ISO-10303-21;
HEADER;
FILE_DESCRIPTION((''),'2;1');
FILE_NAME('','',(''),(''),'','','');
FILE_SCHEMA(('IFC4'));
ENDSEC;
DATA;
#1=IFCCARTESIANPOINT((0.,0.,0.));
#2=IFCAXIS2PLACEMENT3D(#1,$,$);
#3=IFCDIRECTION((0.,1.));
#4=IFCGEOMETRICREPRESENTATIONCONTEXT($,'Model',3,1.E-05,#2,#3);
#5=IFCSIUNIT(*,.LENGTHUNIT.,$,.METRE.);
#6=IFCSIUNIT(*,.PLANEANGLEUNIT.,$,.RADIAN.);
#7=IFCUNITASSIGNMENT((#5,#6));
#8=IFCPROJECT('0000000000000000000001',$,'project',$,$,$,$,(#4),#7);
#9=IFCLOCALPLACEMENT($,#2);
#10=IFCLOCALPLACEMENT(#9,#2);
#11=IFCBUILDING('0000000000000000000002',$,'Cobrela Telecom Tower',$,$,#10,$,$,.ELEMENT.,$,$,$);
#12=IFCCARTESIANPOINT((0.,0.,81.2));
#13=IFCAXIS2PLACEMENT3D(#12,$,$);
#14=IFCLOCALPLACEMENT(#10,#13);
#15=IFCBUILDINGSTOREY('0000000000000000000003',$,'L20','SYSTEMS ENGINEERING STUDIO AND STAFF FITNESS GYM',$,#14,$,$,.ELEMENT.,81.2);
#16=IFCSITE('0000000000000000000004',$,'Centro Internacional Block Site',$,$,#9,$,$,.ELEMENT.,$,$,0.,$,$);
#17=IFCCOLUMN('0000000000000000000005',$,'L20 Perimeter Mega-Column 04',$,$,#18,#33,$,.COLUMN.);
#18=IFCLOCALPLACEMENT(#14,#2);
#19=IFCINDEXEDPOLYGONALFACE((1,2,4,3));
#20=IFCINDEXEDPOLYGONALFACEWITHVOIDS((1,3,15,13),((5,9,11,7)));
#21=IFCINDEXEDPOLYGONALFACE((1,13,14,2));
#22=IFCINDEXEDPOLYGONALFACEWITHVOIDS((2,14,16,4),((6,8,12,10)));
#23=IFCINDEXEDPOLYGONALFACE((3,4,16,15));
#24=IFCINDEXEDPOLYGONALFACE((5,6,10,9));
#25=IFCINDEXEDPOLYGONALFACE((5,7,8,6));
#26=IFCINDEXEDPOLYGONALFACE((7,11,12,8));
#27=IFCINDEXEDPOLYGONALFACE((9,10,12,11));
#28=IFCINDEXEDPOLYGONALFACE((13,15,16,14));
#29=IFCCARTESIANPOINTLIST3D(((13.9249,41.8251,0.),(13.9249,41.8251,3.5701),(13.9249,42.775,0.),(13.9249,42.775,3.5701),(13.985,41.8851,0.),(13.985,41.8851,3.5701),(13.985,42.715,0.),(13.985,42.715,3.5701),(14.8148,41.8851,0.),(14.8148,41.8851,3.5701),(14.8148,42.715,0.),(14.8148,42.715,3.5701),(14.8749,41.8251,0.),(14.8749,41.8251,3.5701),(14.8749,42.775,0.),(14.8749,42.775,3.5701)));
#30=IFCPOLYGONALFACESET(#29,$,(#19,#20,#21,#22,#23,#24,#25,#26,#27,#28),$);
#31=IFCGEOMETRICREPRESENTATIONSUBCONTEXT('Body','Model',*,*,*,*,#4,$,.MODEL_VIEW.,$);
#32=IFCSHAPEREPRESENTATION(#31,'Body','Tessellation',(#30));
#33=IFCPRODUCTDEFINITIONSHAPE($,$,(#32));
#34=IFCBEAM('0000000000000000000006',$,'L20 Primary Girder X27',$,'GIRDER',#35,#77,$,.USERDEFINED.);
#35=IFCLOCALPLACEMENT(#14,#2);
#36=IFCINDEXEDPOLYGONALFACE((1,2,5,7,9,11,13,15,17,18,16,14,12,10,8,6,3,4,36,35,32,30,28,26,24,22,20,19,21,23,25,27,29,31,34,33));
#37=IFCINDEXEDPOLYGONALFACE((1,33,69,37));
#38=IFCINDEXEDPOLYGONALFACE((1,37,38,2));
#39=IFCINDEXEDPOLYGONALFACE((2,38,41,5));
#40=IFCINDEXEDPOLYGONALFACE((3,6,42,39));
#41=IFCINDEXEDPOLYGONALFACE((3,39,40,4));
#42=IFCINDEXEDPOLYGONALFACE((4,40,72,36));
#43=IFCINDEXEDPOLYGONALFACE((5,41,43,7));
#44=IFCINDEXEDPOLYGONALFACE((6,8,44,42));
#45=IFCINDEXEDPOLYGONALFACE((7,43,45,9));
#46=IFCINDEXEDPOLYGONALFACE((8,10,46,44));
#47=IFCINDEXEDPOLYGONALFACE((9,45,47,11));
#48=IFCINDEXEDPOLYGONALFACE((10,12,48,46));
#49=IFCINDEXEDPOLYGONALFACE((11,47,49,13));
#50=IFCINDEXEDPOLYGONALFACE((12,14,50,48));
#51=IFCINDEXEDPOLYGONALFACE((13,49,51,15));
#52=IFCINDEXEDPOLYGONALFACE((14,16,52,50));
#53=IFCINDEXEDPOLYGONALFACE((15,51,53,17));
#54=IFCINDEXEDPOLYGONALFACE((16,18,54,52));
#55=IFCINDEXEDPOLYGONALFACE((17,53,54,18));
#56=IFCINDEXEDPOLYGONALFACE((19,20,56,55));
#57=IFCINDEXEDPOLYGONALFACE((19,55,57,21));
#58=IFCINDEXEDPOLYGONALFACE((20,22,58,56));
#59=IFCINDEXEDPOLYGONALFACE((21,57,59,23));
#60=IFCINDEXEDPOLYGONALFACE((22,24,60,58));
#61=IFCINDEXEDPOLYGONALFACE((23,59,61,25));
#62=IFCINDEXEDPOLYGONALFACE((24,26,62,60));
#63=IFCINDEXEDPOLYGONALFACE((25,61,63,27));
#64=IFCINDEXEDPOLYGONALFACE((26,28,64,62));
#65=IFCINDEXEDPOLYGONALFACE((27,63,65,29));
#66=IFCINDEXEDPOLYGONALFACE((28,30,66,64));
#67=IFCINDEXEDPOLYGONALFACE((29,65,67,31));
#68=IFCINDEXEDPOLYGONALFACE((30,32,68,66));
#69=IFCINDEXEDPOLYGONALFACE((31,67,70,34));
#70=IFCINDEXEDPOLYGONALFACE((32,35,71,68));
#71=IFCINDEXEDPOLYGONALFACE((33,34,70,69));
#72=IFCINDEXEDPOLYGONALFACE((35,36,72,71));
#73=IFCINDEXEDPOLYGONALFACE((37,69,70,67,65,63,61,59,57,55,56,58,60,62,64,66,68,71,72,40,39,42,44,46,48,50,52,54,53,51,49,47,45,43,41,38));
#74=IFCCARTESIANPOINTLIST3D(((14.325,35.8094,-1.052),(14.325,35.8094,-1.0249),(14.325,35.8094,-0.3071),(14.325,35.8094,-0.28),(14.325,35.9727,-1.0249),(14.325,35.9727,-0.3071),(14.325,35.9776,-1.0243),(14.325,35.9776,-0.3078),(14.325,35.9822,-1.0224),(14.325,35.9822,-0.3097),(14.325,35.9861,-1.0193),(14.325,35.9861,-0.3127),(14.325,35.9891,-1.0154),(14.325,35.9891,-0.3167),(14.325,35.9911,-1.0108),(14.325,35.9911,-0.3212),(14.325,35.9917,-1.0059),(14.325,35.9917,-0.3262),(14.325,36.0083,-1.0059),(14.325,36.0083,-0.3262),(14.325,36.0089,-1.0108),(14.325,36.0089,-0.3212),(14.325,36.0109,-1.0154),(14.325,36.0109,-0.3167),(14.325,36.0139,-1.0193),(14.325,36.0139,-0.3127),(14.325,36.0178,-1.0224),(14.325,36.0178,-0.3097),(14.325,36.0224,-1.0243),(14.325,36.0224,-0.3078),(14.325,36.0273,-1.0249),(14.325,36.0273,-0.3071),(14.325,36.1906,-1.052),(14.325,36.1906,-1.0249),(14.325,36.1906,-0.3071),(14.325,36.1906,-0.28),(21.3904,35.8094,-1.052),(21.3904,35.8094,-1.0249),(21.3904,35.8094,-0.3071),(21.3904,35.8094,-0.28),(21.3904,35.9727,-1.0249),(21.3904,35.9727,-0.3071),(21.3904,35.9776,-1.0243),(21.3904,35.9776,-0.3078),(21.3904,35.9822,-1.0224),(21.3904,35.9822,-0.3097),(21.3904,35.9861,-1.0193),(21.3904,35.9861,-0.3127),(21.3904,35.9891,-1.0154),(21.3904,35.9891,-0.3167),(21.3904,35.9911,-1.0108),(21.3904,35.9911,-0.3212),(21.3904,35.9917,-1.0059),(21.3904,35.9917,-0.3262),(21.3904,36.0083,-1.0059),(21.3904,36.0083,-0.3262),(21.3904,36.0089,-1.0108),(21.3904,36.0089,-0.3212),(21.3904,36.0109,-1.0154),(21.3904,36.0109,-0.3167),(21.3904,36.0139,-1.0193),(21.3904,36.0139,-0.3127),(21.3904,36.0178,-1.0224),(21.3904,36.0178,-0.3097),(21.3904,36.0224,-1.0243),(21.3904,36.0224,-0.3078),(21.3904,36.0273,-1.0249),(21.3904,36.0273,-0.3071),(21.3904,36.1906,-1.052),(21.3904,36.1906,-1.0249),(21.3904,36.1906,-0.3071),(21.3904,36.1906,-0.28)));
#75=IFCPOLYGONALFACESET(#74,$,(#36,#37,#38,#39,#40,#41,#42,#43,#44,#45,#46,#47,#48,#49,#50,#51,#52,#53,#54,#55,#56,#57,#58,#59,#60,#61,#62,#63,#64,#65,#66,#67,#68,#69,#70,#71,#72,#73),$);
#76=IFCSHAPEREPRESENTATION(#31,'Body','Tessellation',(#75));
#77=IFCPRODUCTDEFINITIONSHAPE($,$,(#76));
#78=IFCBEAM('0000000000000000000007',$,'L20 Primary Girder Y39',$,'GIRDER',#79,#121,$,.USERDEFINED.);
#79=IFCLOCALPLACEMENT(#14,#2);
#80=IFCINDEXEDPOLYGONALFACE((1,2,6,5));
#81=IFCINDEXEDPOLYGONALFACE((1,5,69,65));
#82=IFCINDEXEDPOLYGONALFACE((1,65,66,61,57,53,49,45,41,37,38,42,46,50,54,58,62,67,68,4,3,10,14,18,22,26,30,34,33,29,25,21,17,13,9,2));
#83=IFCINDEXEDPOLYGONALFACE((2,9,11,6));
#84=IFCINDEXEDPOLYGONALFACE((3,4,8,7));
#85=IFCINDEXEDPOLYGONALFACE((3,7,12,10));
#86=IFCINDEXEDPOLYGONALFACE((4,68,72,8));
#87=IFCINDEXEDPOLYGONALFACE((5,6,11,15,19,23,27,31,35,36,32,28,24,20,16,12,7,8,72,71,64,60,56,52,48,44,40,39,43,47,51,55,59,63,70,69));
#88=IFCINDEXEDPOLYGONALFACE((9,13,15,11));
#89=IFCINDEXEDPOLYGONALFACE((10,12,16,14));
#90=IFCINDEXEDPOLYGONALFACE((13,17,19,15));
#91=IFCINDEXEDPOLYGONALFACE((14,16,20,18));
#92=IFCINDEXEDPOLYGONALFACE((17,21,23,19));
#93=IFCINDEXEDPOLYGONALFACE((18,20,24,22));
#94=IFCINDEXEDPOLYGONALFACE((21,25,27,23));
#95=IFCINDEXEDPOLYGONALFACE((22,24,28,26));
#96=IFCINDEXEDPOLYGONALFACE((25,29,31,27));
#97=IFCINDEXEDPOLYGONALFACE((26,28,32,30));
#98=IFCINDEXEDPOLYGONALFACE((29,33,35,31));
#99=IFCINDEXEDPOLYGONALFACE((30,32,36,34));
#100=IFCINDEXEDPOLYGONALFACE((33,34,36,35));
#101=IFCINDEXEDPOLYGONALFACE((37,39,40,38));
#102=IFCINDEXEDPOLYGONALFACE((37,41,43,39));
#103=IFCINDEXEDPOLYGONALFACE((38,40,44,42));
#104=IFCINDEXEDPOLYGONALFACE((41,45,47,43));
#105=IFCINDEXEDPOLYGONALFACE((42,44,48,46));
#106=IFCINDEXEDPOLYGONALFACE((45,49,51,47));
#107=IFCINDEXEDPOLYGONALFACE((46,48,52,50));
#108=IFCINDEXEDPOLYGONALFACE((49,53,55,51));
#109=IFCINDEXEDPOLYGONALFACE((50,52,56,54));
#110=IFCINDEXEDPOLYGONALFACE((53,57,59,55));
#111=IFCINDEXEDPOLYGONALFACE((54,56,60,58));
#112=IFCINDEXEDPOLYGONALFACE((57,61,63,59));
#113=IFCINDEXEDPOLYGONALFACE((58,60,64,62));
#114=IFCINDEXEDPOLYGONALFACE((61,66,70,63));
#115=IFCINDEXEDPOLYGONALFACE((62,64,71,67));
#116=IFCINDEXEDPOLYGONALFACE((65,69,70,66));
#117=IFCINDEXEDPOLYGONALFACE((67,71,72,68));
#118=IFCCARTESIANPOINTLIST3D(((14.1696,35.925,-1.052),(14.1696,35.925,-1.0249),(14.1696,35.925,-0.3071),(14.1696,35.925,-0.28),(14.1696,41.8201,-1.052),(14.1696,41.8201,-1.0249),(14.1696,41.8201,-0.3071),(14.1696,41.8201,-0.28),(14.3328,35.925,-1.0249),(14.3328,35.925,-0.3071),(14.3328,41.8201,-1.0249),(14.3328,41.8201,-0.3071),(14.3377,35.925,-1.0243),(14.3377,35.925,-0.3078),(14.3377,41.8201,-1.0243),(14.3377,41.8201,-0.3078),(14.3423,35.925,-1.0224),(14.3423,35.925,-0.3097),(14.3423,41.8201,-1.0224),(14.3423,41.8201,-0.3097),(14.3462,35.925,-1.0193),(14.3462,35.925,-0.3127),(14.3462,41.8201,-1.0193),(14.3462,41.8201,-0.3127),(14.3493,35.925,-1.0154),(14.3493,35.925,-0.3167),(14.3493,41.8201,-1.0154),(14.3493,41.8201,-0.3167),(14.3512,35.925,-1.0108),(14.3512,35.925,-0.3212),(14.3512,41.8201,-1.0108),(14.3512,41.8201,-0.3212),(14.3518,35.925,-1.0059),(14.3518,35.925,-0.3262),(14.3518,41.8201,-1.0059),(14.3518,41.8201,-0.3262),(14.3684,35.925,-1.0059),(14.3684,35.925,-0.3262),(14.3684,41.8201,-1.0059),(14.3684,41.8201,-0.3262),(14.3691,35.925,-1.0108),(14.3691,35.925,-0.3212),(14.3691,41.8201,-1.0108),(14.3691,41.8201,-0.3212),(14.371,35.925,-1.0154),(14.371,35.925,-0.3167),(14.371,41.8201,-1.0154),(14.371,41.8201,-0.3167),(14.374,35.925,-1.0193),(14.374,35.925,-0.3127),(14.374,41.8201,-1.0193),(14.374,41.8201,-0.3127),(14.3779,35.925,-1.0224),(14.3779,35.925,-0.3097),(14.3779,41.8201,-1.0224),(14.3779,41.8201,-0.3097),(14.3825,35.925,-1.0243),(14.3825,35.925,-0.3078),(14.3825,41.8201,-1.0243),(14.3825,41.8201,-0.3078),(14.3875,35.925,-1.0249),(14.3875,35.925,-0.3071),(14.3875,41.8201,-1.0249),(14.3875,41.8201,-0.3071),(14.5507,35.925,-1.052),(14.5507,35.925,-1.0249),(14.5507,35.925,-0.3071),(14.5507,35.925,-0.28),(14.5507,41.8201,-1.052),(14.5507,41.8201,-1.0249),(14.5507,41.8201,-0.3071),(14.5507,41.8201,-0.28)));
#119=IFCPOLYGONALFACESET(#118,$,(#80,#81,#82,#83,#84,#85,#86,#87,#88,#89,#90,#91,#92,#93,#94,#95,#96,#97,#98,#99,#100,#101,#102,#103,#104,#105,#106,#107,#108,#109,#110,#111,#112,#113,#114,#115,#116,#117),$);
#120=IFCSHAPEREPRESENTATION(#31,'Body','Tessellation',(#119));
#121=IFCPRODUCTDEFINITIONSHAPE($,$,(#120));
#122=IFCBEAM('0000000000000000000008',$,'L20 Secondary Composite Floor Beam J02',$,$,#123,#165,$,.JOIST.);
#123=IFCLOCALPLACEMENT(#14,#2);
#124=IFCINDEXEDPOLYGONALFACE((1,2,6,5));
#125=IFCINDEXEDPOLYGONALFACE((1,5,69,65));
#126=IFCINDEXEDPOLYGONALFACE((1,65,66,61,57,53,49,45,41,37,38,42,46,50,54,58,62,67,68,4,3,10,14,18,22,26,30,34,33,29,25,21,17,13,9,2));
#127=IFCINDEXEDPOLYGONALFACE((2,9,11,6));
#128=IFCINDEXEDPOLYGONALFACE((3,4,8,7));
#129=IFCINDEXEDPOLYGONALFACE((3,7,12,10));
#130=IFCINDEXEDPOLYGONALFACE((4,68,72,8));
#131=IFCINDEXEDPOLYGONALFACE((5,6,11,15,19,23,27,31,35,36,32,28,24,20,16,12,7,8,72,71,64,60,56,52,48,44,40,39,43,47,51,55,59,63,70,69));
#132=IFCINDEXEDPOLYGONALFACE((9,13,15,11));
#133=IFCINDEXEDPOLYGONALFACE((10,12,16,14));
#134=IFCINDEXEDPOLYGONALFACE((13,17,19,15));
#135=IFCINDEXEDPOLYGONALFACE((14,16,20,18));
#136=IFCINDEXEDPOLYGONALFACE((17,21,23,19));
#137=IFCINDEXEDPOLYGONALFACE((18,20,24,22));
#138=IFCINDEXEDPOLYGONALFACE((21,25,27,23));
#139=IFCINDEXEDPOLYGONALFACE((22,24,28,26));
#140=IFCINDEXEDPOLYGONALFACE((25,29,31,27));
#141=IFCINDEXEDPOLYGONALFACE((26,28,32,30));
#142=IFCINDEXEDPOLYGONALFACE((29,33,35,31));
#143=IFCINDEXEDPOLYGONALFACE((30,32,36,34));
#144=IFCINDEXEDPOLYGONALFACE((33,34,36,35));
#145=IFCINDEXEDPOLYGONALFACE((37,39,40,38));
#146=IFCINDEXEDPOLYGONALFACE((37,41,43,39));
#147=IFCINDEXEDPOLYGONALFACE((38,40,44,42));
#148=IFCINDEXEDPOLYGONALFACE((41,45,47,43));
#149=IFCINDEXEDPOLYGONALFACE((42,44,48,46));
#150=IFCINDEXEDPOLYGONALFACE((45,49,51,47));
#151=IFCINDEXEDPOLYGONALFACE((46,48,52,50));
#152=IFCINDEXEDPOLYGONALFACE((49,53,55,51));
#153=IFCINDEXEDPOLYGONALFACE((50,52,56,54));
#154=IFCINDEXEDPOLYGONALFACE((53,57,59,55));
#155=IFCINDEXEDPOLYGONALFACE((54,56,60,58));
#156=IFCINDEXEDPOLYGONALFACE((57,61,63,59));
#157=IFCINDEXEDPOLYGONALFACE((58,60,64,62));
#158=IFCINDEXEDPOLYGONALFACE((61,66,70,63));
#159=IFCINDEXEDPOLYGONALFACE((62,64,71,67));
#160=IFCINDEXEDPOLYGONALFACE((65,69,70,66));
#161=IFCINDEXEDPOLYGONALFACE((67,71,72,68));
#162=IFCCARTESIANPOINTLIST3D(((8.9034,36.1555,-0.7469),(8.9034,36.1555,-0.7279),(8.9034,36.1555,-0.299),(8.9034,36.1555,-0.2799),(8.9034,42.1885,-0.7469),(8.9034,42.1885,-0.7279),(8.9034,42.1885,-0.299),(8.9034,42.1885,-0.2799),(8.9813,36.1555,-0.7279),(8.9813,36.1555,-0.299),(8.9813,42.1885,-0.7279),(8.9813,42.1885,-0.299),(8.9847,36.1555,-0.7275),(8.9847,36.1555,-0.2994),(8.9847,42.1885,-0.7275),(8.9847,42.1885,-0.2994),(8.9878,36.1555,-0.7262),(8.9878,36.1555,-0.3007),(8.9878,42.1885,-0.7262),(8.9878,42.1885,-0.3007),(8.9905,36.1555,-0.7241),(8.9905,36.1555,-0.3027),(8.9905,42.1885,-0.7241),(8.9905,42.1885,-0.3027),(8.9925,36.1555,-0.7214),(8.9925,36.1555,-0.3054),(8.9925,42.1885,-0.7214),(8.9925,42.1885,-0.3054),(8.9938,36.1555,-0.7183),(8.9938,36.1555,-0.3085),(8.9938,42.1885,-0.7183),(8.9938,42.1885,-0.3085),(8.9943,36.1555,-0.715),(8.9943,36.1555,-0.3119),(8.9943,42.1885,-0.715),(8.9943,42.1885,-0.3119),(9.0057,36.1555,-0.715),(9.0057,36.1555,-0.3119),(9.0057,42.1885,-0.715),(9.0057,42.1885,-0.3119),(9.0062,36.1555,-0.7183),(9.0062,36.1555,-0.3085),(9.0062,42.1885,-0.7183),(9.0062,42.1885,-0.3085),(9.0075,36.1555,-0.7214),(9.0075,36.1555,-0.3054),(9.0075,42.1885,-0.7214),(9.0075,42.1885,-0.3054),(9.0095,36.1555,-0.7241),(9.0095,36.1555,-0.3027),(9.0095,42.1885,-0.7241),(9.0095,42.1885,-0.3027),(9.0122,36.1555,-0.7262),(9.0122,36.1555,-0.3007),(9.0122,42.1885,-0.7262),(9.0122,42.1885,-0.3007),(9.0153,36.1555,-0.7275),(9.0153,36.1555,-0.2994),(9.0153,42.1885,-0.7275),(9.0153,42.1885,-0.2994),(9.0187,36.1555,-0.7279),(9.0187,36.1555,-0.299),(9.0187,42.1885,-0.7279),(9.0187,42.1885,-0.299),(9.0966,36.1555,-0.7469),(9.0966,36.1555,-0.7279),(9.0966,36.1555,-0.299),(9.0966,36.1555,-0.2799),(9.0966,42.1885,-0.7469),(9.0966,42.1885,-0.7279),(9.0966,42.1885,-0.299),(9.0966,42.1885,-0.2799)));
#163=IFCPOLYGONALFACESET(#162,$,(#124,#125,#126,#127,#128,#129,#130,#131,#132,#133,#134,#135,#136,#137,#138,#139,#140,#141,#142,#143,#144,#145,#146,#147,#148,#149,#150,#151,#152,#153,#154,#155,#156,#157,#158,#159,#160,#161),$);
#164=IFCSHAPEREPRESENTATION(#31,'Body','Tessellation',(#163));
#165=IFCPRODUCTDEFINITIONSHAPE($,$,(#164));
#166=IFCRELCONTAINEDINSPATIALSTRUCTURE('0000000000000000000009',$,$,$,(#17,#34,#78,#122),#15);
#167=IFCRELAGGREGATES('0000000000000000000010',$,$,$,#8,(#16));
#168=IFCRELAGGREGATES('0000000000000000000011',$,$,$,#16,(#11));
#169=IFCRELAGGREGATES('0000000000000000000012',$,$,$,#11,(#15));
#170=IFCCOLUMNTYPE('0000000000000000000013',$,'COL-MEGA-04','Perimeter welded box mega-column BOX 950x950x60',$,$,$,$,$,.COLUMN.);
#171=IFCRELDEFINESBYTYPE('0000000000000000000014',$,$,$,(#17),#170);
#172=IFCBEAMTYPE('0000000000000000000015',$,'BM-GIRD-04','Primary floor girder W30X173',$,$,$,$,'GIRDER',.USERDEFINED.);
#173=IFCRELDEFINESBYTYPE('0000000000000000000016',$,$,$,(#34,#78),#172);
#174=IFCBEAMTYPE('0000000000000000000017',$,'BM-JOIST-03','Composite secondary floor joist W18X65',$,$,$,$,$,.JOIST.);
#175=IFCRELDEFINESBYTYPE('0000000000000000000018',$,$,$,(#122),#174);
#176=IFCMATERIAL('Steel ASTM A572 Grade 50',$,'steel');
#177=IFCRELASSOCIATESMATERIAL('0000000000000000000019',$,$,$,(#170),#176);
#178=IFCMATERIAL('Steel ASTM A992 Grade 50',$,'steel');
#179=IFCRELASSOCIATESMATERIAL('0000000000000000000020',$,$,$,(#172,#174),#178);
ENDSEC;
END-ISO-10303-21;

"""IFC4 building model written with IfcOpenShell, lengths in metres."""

from ifc_helpers import new_model, si_unit, direction, frame, origin, origin_2d, place, context, subcontext, project, spatial, hollow_rectangle, i_section, extrude, material, material_profile, profile_set, type_object, element, save


model = new_model("IFC4")

# Units and contexts
model_context = context("Model", 3, precision=1e-05, world=origin(), true_north=direction((0.0, 1.0)))
body_context = subcontext(model_context, "Body", "Model", "MODEL_VIEW")
ifc_project = project(units=[si_unit("LENGTHUNIT", "METRE"), si_unit("PLANEANGLEUNIT", "RADIAN")], contexts=[model_context])

# Site, building, storey
site_placement = place(None, origin())
site = spatial("IfcSite", under=ifc_project, at=site_placement, Name="Centro Internacional Block Site", CompositionType="ELEMENT", RefElevation=0.0)
building_placement = place(site_placement, origin())
building = spatial("IfcBuilding", under=site, at=building_placement, Name="Cobrela Telecom Tower", CompositionType="ELEMENT")
storey_placement = place(building_placement, frame((0.0, 0.0, 81.2)))
storey = spatial("IfcBuildingStorey", under=building, at=storey_placement, Name="L20", Description="SYSTEMS ENGINEERING STUDIO AND STAFF FITNESS GYM", CompositionType="ELEMENT", Elevation=81.2)

# Column
ifc_material_1 = material(Name="Steel ASTM A572 Grade 50", Category="steel")
ifc_material_profile_1 = material_profile(ifc_material_1, hollow_rectangle(XDim=0.95, YDim=0.95, WallThickness=0.0601, at=origin_2d()), Name="BOX 950x950x60")
ifc_profile_set_1 = profile_set([ifc_material_profile_1], Name="Steel ASTM A572 Grade 50")
column_type = type_object("IfcColumnType", Name="COL-MEGA-04", Description="Perimeter welded box mega-column BOX 950x950x60", PredefinedType="COLUMN", material=ifc_profile_set_1)
column_placement = place(storey_placement, frame((14.3999, 42.3, 0.0), z_axis=(0.0, 0.0, 1.0), x_axis=(1.0, 0.0, 0.0)))
element("IfcColumn", 1, at=column_placement, inside=storey, type_object=column_type, Name="L20 Perimeter Mega-Column 04", PredefinedType="COLUMN", context=body_context, shape_type="SweptSolid", body=[
    extrude(hollow_rectangle(XDim=0.95, YDim=0.95, WallThickness=0.0601, at=origin_2d()), origin(), (0.0, 0.0, 1.0), 3.5701),
])

# Beams
ifc_material_2 = material(Name="Steel ASTM A992 Grade 50", Category="steel")
ifc_material_profile_2 = material_profile(ifc_material_2, i_section(OverallWidth=0.3811, OverallDepth=0.772, WebThickness=0.0166, FlangeThickness=0.0271, FilletRadius=0.019, at=origin_2d()), Name="W30X173")
ifc_profile_set_2 = profile_set([ifc_material_profile_2], Name="Steel ASTM A992 Grade 50")
beam_type_1 = type_object("IfcBeamType", Name="BM-GIRD-04", Description="Primary floor girder W30X173", ElementType="GIRDER", PredefinedType="USERDEFINED", material=ifc_profile_set_2)
beam_1_placement = place(storey_placement, frame((14.325, 36.0, -0.666), z_axis=(1.0, 0.0, 0.0), x_axis=(0.0, 1.0, 0.0)))
element("IfcBeam", 2, at=beam_1_placement, inside=storey, type_object=beam_type_1, Name="L20 Primary Girder X27", ObjectType="GIRDER", PredefinedType="USERDEFINED", context=body_context, shape_type="SweptSolid", body=[
    extrude(i_section(OverallWidth=0.3811, OverallDepth=0.772, WebThickness=0.0166, FlangeThickness=0.0271, FilletRadius=0.019, at=origin_2d()), origin(), (0.0, 0.0, 1.0), 7.0654),
])
beam_2_placement = place(storey_placement, frame((14.3601, 35.925, -0.666), z_axis=(0.0, 1.0, 0.0), x_axis=(-1.0, 0.0, 0.0)))
element("IfcBeam", 3, at=beam_2_placement, inside=storey, type_object=beam_type_1, Name="L20 Primary Girder Y39", ObjectType="GIRDER", PredefinedType="USERDEFINED", context=body_context, shape_type="SweptSolid", body=[
    extrude(i_section(OverallWidth=0.3811, OverallDepth=0.772, WebThickness=0.0166, FlangeThickness=0.0271, FilletRadius=0.019, at=origin_2d()), origin(), (0.0, 0.0, 1.0), 5.895),
])
ifc_material_profile_3 = material_profile(ifc_material_2, i_section(OverallWidth=0.1931, OverallDepth=0.467, WebThickness=0.0115, FlangeThickness=0.019, FilletRadius=0.0129, at=origin_2d()), Name="W18X65")
ifc_profile_set_3 = profile_set([ifc_material_profile_3], Name="Steel ASTM A992 Grade 50")
beam_type_2 = type_object("IfcBeamType", Name="BM-JOIST-03", Description="Composite secondary floor joist W18X65", PredefinedType="JOIST", material=ifc_profile_set_3)
for number, where, z_axis, x_axis, name in (
    (4, (9.0, 36.1555, -0.5134), (0.0, 1.0, 0.0), (-1.0, 0.0, 0.0), "L20 Secondary Composite Floor Beam J02"),
):
    element("IfcBeam", number, at=place(storey_placement, frame(where, z_axis=z_axis, x_axis=x_axis)), inside=storey, type_object=beam_type_2, Name=name, PredefinedType="JOIST", context=body_context, shape_type="SweptSolid", body=[
        extrude(i_section(OverallWidth=0.1931, OverallDepth=0.467, WebThickness=0.0115, FlangeThickness=0.019, FilletRadius=0.0129, at=origin_2d()), origin(), (0.0, 0.0, 1.0), 6.033),
    ])

save(model, "model.ifc")
